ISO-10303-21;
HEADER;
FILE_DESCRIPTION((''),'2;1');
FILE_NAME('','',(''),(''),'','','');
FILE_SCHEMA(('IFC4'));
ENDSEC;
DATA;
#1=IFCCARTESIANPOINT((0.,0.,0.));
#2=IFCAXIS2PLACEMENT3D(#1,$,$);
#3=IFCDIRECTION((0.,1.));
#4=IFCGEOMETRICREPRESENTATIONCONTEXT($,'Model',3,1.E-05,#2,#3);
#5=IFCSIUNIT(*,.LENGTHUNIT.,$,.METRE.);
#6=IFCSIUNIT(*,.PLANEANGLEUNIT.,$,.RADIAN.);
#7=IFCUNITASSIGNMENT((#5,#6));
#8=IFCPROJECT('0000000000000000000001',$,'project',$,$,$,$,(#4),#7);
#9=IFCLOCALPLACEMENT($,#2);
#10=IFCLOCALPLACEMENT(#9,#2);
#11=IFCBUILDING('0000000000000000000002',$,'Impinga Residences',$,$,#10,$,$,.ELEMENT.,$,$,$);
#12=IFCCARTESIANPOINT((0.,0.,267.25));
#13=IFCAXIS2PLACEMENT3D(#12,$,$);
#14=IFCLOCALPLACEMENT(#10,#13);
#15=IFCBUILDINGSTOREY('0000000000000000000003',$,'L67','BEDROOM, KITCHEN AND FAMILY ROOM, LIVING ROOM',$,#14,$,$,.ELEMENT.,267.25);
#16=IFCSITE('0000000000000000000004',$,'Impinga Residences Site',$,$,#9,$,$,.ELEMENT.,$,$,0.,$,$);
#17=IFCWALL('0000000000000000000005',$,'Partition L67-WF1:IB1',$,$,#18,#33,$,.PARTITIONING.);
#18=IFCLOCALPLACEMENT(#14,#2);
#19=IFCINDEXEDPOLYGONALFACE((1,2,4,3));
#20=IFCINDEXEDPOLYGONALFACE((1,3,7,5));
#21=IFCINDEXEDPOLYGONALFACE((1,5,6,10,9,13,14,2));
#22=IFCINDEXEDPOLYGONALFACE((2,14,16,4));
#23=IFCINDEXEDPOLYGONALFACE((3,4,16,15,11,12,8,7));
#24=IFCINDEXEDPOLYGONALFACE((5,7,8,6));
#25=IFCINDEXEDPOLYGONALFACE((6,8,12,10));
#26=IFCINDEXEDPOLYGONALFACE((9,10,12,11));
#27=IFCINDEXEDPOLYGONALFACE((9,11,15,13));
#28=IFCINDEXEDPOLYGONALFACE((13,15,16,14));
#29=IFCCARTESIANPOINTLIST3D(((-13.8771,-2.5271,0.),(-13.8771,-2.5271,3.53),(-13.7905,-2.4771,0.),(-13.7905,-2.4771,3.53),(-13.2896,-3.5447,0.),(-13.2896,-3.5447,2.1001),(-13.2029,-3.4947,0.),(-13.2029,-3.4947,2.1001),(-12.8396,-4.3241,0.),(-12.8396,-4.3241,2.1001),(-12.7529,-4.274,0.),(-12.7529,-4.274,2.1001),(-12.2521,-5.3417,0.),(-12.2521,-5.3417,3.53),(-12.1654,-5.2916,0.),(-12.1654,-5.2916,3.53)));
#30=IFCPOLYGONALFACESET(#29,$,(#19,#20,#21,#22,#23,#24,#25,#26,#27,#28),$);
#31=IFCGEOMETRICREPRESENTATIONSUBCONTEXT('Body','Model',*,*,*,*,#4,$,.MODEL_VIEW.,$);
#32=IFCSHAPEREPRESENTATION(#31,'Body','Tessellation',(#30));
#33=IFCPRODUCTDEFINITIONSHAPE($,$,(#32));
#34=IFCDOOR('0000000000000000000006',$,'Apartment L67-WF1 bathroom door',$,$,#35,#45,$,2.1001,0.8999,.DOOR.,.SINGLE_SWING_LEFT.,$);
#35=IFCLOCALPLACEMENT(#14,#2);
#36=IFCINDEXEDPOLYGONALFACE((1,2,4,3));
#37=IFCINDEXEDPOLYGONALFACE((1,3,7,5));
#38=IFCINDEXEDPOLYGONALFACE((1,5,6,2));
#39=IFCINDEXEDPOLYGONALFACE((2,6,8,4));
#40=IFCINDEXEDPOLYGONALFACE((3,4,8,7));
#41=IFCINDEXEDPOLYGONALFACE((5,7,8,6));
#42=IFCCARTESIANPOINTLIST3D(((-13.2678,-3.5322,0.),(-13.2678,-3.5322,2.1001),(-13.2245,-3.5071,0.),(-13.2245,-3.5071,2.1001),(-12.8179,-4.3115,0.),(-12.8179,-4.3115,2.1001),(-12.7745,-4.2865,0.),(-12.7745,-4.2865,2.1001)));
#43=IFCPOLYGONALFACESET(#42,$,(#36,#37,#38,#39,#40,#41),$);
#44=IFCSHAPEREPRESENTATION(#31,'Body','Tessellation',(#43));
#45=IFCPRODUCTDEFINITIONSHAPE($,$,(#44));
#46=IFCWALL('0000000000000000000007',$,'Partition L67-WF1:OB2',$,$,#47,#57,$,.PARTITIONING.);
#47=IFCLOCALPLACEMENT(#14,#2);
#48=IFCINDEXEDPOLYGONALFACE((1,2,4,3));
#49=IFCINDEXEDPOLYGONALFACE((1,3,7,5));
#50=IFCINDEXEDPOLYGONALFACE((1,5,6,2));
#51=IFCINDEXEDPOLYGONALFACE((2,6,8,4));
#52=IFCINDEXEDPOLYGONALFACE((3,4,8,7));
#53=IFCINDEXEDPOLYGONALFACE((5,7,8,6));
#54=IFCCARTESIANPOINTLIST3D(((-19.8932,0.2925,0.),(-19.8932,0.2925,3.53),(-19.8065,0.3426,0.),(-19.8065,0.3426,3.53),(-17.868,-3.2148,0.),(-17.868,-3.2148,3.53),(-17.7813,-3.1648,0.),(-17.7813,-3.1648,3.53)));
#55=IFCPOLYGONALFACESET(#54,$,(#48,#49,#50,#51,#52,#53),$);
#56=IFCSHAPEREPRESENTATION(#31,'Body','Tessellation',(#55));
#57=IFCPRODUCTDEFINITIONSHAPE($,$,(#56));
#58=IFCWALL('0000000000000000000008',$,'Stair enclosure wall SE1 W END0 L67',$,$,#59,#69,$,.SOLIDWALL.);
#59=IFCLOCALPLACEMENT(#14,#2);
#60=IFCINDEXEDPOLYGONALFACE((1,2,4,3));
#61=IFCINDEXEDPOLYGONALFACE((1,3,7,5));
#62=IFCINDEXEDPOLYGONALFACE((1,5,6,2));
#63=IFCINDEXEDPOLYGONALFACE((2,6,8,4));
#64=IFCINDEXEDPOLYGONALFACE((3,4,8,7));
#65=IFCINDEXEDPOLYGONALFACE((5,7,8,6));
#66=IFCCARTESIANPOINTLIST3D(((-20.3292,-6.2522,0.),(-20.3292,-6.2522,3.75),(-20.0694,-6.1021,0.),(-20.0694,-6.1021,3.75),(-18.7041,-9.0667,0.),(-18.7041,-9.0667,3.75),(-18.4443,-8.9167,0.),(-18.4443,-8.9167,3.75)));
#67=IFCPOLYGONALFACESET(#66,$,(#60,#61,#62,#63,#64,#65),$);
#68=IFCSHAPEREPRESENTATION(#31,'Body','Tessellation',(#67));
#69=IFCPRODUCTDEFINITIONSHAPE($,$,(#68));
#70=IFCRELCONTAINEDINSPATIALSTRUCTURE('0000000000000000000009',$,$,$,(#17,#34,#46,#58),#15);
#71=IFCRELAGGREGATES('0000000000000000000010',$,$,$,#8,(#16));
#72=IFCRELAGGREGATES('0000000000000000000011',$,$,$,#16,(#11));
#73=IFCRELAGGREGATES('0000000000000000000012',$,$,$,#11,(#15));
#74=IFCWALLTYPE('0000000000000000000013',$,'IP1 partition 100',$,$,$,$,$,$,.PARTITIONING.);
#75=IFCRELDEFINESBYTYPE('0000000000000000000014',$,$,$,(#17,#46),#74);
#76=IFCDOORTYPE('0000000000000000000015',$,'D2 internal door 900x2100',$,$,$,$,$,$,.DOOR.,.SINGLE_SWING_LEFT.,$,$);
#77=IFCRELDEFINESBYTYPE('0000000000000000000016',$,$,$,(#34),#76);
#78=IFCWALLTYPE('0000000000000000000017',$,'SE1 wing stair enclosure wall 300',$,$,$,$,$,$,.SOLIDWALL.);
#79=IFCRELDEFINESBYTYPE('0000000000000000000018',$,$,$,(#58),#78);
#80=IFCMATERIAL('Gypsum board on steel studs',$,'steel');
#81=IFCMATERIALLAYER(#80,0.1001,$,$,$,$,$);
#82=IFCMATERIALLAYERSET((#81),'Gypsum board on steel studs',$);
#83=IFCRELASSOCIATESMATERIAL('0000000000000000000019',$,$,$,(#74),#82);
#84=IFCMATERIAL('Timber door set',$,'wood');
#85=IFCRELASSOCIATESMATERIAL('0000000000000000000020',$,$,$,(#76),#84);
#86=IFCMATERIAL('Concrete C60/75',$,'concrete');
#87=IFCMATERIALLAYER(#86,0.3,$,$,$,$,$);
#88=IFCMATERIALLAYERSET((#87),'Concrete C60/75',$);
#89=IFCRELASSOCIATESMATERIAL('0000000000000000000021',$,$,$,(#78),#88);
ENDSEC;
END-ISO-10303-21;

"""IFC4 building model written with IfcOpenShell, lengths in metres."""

from ifc_helpers import new_model, si_unit, direction, frame, frame_2d, origin, place, context, subcontext, project, spatial, rectangle, extrude, material, layer, layer_set, type_object, element, fill, save


model = new_model("IFC4")

# Units and contexts
model_context = context("Model", 3, precision=1e-05, world=origin(), true_north=direction((0.0, 1.0)))
body_context = subcontext(model_context, "Body", "Model", "MODEL_VIEW")
ifc_project = project(units=[si_unit("LENGTHUNIT", "METRE"), si_unit("PLANEANGLEUNIT", "RADIAN")], contexts=[model_context])

# Site, building, storey
site_placement = place(None, origin())
site = spatial("IfcSite", under=ifc_project, at=site_placement, Name="Impinga Residences Site", CompositionType="ELEMENT", RefElevation=0.0)
building_placement = place(site_placement, origin())
building = spatial("IfcBuilding", under=site, at=building_placement, Name="Impinga Residences", CompositionType="ELEMENT")
storey_placement = place(building_placement, frame((0.0, 0.0, 267.25)))
storey = spatial("IfcBuildingStorey", under=building, at=storey_placement, Name="L67", Description="BEDROOM, KITCHEN AND FAMILY ROOM, LIVING ROOM", CompositionType="ELEMENT", Elevation=267.25)

# Shared definitions
ifc_material_1 = material(Name="Concrete C60/75", Category="concrete")

# Shared definitions
ifc_material_2 = material(Name="Timber door set", Category="wood")

# Shared definitions
ifc_material_3 = material(Name="Gypsum board on steel studs", Category="steel")
ifc_layer_1 = layer(ifc_material_3, 0.1001)
ifc_layer_set_1 = layer_set([ifc_layer_1], Name="Gypsum board on steel studs")
wall_type_1 = type_object("IfcWallType", Name="IP1 partition 100", PredefinedType="PARTITIONING", material=ifc_layer_set_1)
door_type_1 = type_object("IfcDoorType", Name="D2 internal door 900x2100", OperationType="SINGLE_SWING_LEFT", PredefinedType="DOOR", material=ifc_material_2)

# Wall, opening, door
wall_1_placement = place(storey_placement, frame((-12.2087, -5.3167, 0.0), z_axis=(0.0, 0.0, 1.0), x_axis=(-0.500017, 0.866015, 0.0)))
wall_1 = element("IfcWall", 1, at=wall_1_placement, inside=storey, type_object=wall_type_1, Name="Partition L67-WF1:IB1", PredefinedType="PARTITIONING", context=body_context, shape_type="SweptSolid", body=[
    extrude(rectangle(XDim=3.25, YDim=0.1001, at=frame_2d((1.625, 0.0))), origin(), (0.0, 0.0, 1.0), 3.53),
])
opening_1_placement = place(wall_1_placement, frame((1.175, 0.0, 0.0)))
opening_1 = element("IfcOpeningElement", 2, at=opening_1_placement, cuts=wall_1, PredefinedType="OPENING", context=body_context, shape_type="SweptSolid", body=[
    extrude(rectangle(XDim=0.8999, YDim=2.1001, at=frame_2d((0.45, 1.05))), frame((0.0, 0.0601, 0.0), z_axis=(0.0, -1.0, 0.0), x_axis=(1.0, 0.0, 0.0)), (0.0, 0.0, 1.0), 0.1201),
])
door_1_placement = place(opening_1_placement, origin())
door_1 = element("IfcDoor", 3, at=door_1_placement, inside=storey, type_object=door_type_1, Name="Apartment L67-WF1 bathroom door", OperationType="SINGLE_SWING_LEFT", OverallHeight=2.1001, OverallWidth=0.8999, PredefinedType="DOOR", context=body_context, shape_type="SweptSolid", body=[
    extrude(rectangle(XDim=0.8999, YDim=2.1001, at=frame_2d((0.45, 1.05))), frame((0.0, 0.0249, 0.0), z_axis=(0.0, -1.0, 0.0), x_axis=(1.0, 0.0, 0.0)), (0.0, 0.0, 1.0), 0.05),
])
fill(opening_1, door_1)

# Walls
wall_2_placement = place(storey_placement, frame((-17.8247, -3.1897, 0.0), z_axis=(0.0, 0.0, 1.0), x_axis=(-0.500036, 0.866005, 0.0)))
element("IfcWall", 4, at=wall_2_placement, inside=storey, type_object=wall_type_1, Name="Partition L67-WF1:OB2", PredefinedType="PARTITIONING", context=body_context, shape_type="SweptSolid", body=[
    extrude(rectangle(XDim=4.05, YDim=0.1001, at=frame_2d((2.0249, 0.0))), origin(), (0.0, 0.0, 1.0), 3.53),
])
ifc_layer_2 = layer(ifc_material_1, 0.3)
ifc_layer_set_2 = layer_set([ifc_layer_2], Name="Concrete C60/75")
wall_type_2 = type_object("IfcWallType", Name="SE1 wing stair enclosure wall 300", PredefinedType="SOLIDWALL", material=ifc_layer_set_2)
wall_3_placement = place(storey_placement, frame((-18.5742, -8.9917, 0.0), z_axis=(0.0, 0.0, 1.0), x_axis=(-0.500017, 0.866015, 0.0)))
element("IfcWall", 5, at=wall_3_placement, inside=storey, type_object=wall_type_2, Name="Stair enclosure wall SE1 W END0 L67", PredefinedType="SOLIDWALL", context=body_context, shape_type="SweptSolid", body=[
    extrude(rectangle(XDim=3.25, YDim=0.3, at=frame_2d((1.625, 0.0))), origin(), (0.0, 0.0, 1.0), 3.75),
])

save(model, "model.ifc")
